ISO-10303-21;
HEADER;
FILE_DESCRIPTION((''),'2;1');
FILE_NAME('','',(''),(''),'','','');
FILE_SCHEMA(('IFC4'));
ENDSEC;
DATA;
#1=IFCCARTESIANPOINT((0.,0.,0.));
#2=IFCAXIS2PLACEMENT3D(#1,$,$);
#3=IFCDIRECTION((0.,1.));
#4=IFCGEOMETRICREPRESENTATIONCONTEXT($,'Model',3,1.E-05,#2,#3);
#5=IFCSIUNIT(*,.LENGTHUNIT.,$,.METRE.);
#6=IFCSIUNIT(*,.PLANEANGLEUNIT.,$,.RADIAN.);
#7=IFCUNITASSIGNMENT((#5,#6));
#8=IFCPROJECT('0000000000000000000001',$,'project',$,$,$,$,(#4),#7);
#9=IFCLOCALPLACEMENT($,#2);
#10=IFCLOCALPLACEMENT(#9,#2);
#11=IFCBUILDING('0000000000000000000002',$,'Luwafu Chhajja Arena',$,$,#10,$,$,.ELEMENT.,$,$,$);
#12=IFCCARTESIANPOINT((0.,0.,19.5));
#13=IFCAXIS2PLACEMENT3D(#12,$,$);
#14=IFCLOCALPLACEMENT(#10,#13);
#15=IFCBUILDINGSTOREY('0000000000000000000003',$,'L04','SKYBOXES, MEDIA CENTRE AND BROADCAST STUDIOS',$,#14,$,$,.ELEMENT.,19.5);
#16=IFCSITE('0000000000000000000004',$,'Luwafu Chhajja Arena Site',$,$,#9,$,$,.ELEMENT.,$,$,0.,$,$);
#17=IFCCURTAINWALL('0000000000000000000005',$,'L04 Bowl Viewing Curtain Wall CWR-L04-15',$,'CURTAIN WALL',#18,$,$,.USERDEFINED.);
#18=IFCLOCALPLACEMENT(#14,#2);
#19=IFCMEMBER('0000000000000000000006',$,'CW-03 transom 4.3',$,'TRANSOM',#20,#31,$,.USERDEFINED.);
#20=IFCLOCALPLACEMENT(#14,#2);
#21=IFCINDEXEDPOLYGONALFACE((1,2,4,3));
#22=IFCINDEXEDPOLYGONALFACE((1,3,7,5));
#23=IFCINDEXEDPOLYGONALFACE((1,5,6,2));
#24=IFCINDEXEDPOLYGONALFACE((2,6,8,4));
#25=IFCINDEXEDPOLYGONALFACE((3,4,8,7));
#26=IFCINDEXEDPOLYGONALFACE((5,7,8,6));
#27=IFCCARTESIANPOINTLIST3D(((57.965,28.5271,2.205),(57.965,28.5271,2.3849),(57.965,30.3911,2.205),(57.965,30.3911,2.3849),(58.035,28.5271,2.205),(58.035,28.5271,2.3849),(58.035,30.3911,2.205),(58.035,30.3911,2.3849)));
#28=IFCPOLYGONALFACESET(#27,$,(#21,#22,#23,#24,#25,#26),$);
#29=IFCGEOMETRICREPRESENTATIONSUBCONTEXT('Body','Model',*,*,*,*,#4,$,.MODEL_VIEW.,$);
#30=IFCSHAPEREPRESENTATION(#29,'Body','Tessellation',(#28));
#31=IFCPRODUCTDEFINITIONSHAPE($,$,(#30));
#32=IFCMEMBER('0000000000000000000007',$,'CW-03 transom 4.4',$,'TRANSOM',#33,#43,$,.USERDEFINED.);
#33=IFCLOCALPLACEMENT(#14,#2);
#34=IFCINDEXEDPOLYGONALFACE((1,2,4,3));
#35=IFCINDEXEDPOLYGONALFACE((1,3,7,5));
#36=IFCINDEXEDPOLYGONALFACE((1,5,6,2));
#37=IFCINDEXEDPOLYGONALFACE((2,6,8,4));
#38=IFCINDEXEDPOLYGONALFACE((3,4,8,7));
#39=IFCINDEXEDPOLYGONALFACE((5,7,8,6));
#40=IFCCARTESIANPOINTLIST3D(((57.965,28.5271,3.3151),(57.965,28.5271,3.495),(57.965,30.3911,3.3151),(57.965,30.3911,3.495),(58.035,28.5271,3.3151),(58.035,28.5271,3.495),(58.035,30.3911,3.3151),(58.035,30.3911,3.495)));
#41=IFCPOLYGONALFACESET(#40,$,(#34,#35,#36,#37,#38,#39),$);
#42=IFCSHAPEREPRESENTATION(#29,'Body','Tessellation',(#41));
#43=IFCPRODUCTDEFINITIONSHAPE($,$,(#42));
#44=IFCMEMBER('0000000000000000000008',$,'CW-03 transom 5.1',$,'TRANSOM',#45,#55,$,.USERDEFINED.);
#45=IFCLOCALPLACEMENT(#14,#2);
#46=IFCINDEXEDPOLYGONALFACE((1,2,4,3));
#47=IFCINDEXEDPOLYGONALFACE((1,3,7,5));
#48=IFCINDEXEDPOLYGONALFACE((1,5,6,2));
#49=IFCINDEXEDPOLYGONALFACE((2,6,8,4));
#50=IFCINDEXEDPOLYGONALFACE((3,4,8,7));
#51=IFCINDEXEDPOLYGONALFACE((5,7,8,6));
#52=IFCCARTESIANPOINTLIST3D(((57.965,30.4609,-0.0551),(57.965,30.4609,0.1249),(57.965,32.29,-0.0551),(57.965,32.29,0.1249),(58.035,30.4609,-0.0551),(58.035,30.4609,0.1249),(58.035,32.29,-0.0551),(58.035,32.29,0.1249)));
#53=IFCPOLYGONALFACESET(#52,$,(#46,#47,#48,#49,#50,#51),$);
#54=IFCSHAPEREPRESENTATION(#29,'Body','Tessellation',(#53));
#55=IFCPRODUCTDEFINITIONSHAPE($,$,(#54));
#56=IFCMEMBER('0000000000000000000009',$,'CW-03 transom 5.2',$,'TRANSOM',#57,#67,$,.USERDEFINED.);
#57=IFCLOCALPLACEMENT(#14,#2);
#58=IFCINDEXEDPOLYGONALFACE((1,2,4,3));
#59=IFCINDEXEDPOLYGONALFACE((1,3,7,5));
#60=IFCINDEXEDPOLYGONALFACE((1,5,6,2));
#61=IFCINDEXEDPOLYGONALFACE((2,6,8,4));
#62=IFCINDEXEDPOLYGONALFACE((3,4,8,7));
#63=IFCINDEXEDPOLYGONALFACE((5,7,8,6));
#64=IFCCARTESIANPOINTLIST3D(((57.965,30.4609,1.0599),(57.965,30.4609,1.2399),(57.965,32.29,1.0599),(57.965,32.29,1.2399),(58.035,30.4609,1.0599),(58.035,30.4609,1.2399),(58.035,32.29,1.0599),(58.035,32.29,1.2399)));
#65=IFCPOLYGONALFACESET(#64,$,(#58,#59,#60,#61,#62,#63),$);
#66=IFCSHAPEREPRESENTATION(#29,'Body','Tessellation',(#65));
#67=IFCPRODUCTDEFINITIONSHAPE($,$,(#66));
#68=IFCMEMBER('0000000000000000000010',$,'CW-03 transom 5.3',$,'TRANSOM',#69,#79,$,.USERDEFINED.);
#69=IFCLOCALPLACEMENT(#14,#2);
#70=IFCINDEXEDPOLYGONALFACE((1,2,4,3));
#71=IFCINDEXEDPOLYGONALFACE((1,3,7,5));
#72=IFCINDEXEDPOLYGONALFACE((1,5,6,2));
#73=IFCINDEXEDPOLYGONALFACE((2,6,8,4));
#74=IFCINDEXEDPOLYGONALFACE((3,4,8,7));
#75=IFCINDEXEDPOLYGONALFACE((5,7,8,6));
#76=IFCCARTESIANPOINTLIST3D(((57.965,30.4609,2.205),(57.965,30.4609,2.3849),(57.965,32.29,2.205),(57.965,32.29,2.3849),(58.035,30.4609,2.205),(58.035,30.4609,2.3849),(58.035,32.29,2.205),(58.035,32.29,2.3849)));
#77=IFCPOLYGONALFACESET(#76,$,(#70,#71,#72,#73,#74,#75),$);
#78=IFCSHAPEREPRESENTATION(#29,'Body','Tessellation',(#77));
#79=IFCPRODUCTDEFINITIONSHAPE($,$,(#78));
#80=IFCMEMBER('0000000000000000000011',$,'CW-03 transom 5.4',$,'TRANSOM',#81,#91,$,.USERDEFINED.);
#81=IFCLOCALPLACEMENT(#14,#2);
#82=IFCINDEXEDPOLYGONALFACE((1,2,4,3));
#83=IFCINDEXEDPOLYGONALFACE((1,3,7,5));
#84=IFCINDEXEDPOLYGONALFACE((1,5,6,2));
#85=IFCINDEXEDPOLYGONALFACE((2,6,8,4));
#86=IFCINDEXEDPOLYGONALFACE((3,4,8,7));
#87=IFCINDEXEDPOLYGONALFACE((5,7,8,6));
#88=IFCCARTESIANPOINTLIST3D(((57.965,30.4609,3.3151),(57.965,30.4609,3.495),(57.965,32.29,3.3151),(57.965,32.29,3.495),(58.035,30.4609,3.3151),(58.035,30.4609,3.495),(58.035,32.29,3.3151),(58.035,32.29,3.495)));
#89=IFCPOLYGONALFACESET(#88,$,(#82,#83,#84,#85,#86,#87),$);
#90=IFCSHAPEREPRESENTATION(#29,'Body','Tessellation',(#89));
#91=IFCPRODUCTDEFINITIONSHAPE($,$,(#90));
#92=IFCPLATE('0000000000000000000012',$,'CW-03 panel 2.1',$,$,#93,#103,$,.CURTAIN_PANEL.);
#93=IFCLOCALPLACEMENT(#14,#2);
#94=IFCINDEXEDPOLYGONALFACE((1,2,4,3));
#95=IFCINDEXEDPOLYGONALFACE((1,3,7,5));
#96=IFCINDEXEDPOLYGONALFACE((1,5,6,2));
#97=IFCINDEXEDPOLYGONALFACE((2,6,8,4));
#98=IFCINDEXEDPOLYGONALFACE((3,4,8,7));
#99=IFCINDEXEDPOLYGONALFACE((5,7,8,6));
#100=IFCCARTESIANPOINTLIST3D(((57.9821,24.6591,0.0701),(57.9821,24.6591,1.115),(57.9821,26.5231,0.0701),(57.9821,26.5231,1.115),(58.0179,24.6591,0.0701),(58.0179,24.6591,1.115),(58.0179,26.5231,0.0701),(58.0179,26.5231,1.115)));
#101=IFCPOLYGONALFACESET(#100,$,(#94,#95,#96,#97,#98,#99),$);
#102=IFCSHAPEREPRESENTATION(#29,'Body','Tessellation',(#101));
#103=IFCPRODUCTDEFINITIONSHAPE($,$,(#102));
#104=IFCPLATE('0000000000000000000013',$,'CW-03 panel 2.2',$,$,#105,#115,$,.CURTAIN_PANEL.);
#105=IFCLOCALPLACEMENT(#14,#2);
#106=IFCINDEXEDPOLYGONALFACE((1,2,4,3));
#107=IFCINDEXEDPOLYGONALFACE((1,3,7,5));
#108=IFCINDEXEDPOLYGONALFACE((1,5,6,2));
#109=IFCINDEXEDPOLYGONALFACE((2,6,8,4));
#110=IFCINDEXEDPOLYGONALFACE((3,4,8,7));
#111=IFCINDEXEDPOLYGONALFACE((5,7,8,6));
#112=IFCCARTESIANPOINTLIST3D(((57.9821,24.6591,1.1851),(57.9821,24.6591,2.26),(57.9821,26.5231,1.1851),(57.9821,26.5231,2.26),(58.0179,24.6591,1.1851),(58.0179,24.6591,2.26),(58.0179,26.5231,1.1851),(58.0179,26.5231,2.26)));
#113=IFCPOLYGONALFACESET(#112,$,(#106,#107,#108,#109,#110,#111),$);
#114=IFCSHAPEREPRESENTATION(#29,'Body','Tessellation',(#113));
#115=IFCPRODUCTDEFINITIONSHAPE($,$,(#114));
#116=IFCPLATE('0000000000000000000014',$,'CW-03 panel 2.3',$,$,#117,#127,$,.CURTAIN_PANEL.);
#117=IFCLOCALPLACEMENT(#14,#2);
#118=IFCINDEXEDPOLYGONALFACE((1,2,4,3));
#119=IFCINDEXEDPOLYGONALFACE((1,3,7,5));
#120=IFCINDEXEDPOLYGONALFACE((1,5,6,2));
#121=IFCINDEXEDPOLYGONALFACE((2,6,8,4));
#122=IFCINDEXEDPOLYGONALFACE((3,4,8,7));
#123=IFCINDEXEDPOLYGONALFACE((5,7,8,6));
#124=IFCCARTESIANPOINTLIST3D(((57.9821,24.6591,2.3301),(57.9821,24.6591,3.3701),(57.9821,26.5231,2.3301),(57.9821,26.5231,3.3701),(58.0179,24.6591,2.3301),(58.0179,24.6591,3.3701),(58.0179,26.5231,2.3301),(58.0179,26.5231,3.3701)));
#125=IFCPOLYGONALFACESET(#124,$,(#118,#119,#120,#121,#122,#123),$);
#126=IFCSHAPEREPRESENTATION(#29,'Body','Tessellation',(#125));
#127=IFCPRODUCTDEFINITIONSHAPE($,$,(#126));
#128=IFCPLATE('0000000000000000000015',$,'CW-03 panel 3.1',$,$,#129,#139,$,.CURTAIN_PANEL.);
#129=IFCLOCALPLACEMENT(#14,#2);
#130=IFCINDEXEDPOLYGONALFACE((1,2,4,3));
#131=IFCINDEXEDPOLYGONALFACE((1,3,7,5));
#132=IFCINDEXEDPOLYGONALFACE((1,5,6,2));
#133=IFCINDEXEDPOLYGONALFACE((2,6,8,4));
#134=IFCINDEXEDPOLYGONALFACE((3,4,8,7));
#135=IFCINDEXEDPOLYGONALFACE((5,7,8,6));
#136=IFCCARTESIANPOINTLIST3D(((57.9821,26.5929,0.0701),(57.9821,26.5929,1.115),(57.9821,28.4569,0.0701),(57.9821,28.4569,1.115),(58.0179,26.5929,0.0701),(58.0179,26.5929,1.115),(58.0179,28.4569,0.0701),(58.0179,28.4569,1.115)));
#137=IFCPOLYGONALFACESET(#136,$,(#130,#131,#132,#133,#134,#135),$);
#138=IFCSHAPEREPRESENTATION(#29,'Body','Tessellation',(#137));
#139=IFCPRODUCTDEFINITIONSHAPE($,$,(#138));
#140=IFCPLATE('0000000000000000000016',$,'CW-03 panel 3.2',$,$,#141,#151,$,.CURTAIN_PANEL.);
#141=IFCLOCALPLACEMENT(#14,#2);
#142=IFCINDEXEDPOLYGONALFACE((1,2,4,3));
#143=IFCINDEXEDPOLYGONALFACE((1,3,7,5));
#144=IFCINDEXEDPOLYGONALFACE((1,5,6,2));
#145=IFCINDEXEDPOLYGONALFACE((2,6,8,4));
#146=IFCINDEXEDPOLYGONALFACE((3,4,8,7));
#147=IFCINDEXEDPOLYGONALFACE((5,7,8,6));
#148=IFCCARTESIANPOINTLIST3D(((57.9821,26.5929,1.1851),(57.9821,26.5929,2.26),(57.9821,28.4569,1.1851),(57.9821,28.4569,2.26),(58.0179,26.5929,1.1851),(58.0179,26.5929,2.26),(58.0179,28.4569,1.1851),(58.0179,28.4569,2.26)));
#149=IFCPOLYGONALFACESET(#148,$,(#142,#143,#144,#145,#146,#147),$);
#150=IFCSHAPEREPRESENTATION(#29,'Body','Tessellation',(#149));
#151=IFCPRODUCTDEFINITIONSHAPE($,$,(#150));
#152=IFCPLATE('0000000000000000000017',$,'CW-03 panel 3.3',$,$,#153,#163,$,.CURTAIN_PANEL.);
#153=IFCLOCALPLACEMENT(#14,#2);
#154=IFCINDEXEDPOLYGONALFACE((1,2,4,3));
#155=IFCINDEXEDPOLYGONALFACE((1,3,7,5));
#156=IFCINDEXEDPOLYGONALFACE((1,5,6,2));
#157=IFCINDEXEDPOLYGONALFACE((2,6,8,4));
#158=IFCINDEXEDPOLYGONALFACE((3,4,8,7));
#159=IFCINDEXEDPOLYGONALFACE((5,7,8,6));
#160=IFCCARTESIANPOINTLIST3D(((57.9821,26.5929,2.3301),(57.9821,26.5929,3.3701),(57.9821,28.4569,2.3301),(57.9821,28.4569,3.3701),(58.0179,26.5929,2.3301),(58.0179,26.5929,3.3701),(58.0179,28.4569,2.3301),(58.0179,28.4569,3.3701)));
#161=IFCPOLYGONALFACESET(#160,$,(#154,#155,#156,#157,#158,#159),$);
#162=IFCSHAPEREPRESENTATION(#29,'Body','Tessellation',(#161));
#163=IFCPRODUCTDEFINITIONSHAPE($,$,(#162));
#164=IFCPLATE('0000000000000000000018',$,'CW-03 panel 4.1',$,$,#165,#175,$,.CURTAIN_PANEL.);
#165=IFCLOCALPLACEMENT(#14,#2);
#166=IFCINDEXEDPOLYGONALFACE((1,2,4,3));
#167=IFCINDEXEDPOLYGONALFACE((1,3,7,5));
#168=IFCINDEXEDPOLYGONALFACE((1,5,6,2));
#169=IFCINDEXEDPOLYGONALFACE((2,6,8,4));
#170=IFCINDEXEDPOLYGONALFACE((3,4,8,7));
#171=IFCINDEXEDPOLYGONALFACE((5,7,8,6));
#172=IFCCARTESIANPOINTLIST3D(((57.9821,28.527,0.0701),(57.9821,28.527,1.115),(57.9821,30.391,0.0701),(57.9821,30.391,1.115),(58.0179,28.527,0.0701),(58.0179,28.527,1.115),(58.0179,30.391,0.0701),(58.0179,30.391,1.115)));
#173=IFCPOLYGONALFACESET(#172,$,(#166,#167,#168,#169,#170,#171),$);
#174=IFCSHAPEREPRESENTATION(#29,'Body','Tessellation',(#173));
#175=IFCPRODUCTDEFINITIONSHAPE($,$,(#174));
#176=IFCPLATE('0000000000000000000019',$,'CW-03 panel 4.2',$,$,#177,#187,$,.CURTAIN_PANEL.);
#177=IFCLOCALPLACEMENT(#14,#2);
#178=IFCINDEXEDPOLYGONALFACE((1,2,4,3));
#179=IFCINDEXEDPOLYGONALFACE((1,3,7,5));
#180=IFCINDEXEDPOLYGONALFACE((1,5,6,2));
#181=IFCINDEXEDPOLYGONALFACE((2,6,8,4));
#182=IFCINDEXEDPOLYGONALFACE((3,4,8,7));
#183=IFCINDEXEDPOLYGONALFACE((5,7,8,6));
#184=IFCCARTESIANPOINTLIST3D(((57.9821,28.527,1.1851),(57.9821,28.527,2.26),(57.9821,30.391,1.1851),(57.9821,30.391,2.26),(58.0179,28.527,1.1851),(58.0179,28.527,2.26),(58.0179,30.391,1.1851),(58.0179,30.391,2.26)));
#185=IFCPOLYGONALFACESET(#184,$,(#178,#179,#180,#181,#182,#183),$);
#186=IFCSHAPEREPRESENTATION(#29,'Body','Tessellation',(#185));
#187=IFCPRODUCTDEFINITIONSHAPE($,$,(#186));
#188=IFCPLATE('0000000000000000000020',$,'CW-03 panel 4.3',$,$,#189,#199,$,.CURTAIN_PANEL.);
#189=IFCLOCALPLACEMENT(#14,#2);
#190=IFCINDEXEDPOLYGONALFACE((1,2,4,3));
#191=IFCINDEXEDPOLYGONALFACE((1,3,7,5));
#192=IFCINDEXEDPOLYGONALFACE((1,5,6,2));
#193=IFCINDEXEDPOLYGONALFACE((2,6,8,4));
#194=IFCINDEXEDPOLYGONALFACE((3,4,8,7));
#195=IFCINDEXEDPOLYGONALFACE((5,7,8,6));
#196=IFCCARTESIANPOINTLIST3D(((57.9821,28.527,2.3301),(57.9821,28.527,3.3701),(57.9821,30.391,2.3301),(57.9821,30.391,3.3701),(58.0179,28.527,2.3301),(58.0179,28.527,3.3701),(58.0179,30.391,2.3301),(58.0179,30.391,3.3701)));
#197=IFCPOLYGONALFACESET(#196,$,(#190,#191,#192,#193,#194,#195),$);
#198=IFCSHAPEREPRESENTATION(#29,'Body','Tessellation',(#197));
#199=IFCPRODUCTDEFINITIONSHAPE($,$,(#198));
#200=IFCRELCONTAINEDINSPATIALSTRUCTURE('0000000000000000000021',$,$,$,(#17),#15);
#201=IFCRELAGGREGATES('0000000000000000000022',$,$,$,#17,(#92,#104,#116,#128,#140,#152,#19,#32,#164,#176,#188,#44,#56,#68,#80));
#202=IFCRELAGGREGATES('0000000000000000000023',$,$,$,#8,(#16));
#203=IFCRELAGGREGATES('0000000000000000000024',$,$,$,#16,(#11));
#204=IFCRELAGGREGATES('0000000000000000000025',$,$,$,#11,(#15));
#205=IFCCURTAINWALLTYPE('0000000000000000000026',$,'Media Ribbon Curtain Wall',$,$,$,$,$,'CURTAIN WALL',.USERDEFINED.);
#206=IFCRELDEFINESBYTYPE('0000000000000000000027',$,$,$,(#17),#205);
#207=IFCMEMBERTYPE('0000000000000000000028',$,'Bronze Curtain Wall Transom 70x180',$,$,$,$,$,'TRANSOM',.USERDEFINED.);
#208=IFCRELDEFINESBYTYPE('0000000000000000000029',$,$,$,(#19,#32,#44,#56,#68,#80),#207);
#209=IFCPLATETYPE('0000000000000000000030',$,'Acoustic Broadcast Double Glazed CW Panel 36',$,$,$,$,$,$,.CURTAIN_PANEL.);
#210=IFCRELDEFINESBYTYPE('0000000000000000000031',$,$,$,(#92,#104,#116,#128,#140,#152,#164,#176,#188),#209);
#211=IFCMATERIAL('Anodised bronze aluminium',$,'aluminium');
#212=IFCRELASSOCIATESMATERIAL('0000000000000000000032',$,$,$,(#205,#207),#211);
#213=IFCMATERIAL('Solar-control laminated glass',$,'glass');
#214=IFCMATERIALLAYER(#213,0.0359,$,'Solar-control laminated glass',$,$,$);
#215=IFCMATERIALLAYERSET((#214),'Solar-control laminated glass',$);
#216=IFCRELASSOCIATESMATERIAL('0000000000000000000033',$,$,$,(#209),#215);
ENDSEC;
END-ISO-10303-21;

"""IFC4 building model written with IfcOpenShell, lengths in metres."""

from ifc_helpers import new_model, si_unit, direction, frame, origin, origin_2d, place, context, subcontext, project, spatial, rectangle, extrude, material, layer, layer_set, material_profile, profile_set, type_object, element, aggregate, save


model = new_model("IFC4")

# Units and contexts
model_context = context("Model", 3, precision=1e-05, world=origin(), true_north=direction((0.0, 1.0)))
body_context = subcontext(model_context, "Body", "Model", "MODEL_VIEW")
ifc_project = project(units=[si_unit("LENGTHUNIT", "METRE"), si_unit("PLANEANGLEUNIT", "RADIAN")], contexts=[model_context])

# Site, building, storey
site_placement = place(None, origin())
site = spatial("IfcSite", under=ifc_project, at=site_placement, Name="Luwafu Chhajja Arena Site", CompositionType="ELEMENT", RefElevation=0.0)
building_placement = place(site_placement, origin())
building = spatial("IfcBuilding", under=site, at=building_placement, Name="Luwafu Chhajja Arena", CompositionType="ELEMENT")
storey_placement = place(building_placement, frame((0.0, 0.0, 19.5)))
storey = spatial("IfcBuildingStorey", under=building, at=storey_placement, Name="L04", Description="SKYBOXES, MEDIA CENTRE AND BROADCAST STUDIOS", CompositionType="ELEMENT", Elevation=19.5)

# Curtain wall, members, plates
ifc_material_1 = material(Name="Anodised bronze aluminium", Category="aluminium")
curtain_wall_type = type_object("IfcCurtainWallType", Name="Media Ribbon Curtain Wall", ElementType="CURTAIN WALL", PredefinedType="USERDEFINED", material=ifc_material_1)
curtain_wall_placement = place(storey_placement, origin())
curtain_wall = element("IfcCurtainWall", 1, at=curtain_wall_placement, inside=storey, type_object=curtain_wall_type, Name="L04 Bowl Viewing Curtain Wall CWR-L04-15", ObjectType="CURTAIN WALL", PredefinedType="USERDEFINED")
ifc_material_profile_1 = material_profile(ifc_material_1, rectangle(XDim=0.0701, YDim=0.1799, at=origin_2d()), Name="CWT 70x180")
ifc_profile_set_1 = profile_set([ifc_material_profile_1], Name="Anodised bronze aluminium")
member_type_1 = type_object("IfcMemberType", Name="Bronze Curtain Wall Transom 70x180", ElementType="TRANSOM", PredefinedType="USERDEFINED", material=ifc_profile_set_1)
member_1_placement = place(storey_placement, frame((58.0, 28.5271, 2.2949), z_axis=(0.0, 1.0, 0.0), x_axis=(-1.0, 0.0, 0.0)))
member_1 = element("IfcMember", 2, at=member_1_placement, type_object=member_type_1, Name="CW-03 transom 4.3", ObjectType="TRANSOM", PredefinedType="USERDEFINED", context=body_context, shape_type="SweptSolid", body=[
    extrude(rectangle(XDim=0.0701, YDim=0.1799, at=origin_2d()), origin(), (0.0, 0.0, 1.0), 1.864),
])
member_2_placement = place(storey_placement, frame((58.0, 28.5271, 3.405), z_axis=(0.0, 1.0, 0.0), x_axis=(-1.0, 0.0, 0.0)))
member_2 = element("IfcMember", 3, at=member_2_placement, type_object=member_type_1, Name="CW-03 transom 4.4", ObjectType="TRANSOM", PredefinedType="USERDEFINED", context=body_context, shape_type="SweptSolid", body=[
    extrude(rectangle(XDim=0.0701, YDim=0.1799, at=origin_2d()), origin(), (0.0, 0.0, 1.0), 1.864),
])
member_3_placement = place(storey_placement, frame((58.0, 30.4609, 0.0349), z_axis=(0.0, 1.0, 0.0), x_axis=(-1.0, 0.0, 0.0)))
member_3 = element("IfcMember", 4, at=member_3_placement, type_object=member_type_1, Name="CW-03 transom 5.1", ObjectType="TRANSOM", PredefinedType="USERDEFINED", context=body_context, shape_type="SweptSolid", body=[
    extrude(rectangle(XDim=0.0701, YDim=0.1799, at=origin_2d()), origin(), (0.0, 0.0, 1.0), 1.8291),
])
member_4_placement = place(storey_placement, frame((58.0, 30.4609, 1.1499), z_axis=(0.0, 1.0, 0.0), x_axis=(-1.0, 0.0, 0.0)))
member_4 = element("IfcMember", 5, at=member_4_placement, type_object=member_type_1, Name="CW-03 transom 5.2", ObjectType="TRANSOM", PredefinedType="USERDEFINED", context=body_context, shape_type="SweptSolid", body=[
    extrude(rectangle(XDim=0.0701, YDim=0.1799, at=origin_2d()), origin(), (0.0, 0.0, 1.0), 1.8291),
])
member_5_placement = place(storey_placement, frame((58.0, 30.4609, 2.2949), z_axis=(0.0, 1.0, 0.0), x_axis=(-1.0, 0.0, 0.0)))
member_5 = element("IfcMember", 6, at=member_5_placement, type_object=member_type_1, Name="CW-03 transom 5.3", ObjectType="TRANSOM", PredefinedType="USERDEFINED", context=body_context, shape_type="SweptSolid", body=[
    extrude(rectangle(XDim=0.0701, YDim=0.1799, at=origin_2d()), origin(), (0.0, 0.0, 1.0), 1.8291),
])
member_6_placement = place(storey_placement, frame((58.0, 30.4609, 3.405), z_axis=(0.0, 1.0, 0.0), x_axis=(-1.0, 0.0, 0.0)))
member_6 = element("IfcMember", 7, at=member_6_placement, type_object=member_type_1, Name="CW-03 transom 5.4", ObjectType="TRANSOM", PredefinedType="USERDEFINED", context=body_context, shape_type="SweptSolid", body=[
    extrude(rectangle(XDim=0.0701, YDim=0.1799, at=origin_2d()), origin(), (0.0, 0.0, 1.0), 1.8291),
])
ifc_material_2 = material(Name="Solar-control laminated glass", Category="glass")
ifc_layer = layer(ifc_material_2, 0.0359, Name="Solar-control laminated glass")
ifc_layer_set = layer_set([ifc_layer], Name="Solar-control laminated glass")
plate_type = type_object("IfcPlateType", Name="Acoustic Broadcast Double Glazed CW Panel 36", PredefinedType="CURTAIN_PANEL", material=ifc_layer_set)
plate_1_placement = place(storey_placement, frame((58.0, 25.5911, 0.0701), z_axis=(0.0, 0.0, 1.0), x_axis=(0.0, 1.0, 0.0)))
plate_1 = element("IfcPlate", 8, at=plate_1_placement, type_object=plate_type, Name="CW-03 panel 2.1", PredefinedType="CURTAIN_PANEL", context=body_context, shape_type="SweptSolid", body=[
    extrude(rectangle(XDim=1.864, YDim=0.0359, at=origin_2d()), origin(), (0.0, 0.0, 1.0), 1.0449),
])
plate_2_placement = place(storey_placement, frame((58.0, 25.5911, 1.1851), z_axis=(0.0, 0.0, 1.0), x_axis=(0.0, 1.0, 0.0)))
plate_2 = element("IfcPlate", 9, at=plate_2_placement, type_object=plate_type, Name="CW-03 panel 2.2", PredefinedType="CURTAIN_PANEL", context=body_context, shape_type="SweptSolid", body=[
    extrude(rectangle(XDim=1.864, YDim=0.0359, at=origin_2d()), origin(), (0.0, 0.0, 1.0), 1.075),
])
plate_3_placement = place(storey_placement, frame((58.0, 25.5911, 2.3301), z_axis=(0.0, 0.0, 1.0), x_axis=(0.0, 1.0, 0.0)))
plate_3 = element("IfcPlate", 10, at=plate_3_placement, type_object=plate_type, Name="CW-03 panel 2.3", PredefinedType="CURTAIN_PANEL", context=body_context, shape_type="SweptSolid", body=[
    extrude(rectangle(XDim=1.864, YDim=0.0359, at=origin_2d()), origin(), (0.0, 0.0, 1.0), 1.04),
])
plate_4_placement = place(storey_placement, frame((58.0, 27.5249, 0.0701), z_axis=(0.0, 0.0, 1.0), x_axis=(0.0, 1.0, 0.0)))
plate_4 = element("IfcPlate", 11, at=plate_4_placement, type_object=plate_type, Name="CW-03 panel 3.1", PredefinedType="CURTAIN_PANEL", context=body_context, shape_type="SweptSolid", body=[
    extrude(rectangle(XDim=1.864, YDim=0.0359, at=origin_2d()), origin(), (0.0, 0.0, 1.0), 1.0449),
])
plate_5_placement = place(storey_placement, frame((58.0, 27.5249, 1.1851), z_axis=(0.0, 0.0, 1.0), x_axis=(0.0, 1.0, 0.0)))
plate_5 = element("IfcPlate", 12, at=plate_5_placement, type_object=plate_type, Name="CW-03 panel 3.2", PredefinedType="CURTAIN_PANEL", context=body_context, shape_type="SweptSolid", body=[
    extrude(rectangle(XDim=1.864, YDim=0.0359, at=origin_2d()), origin(), (0.0, 0.0, 1.0), 1.075),
])
plate_6_placement = place(storey_placement, frame((58.0, 27.5249, 2.3301), z_axis=(0.0, 0.0, 1.0), x_axis=(0.0, 1.0, 0.0)))
plate_6 = element("IfcPlate", 13, at=plate_6_placement, type_object=plate_type, Name="CW-03 panel 3.3", PredefinedType="CURTAIN_PANEL", context=body_context, shape_type="SweptSolid", body=[
    extrude(rectangle(XDim=1.864, YDim=0.0359, at=origin_2d()), origin(), (0.0, 0.0, 1.0), 1.04),
])
plate_7_placement = place(storey_placement, frame((58.0, 29.459, 0.0701), z_axis=(0.0, 0.0, 1.0), x_axis=(0.0, 1.0, 0.0)))
plate_7 = element("IfcPlate", 14, at=plate_7_placement, type_object=plate_type, Name="CW-03 panel 4.1", PredefinedType="CURTAIN_PANEL", context=body_context, shape_type="SweptSolid", body=[
    extrude(rectangle(XDim=1.864, YDim=0.0359, at=origin_2d()), origin(), (0.0, 0.0, 1.0), 1.0449),
])
plate_8_placement = place(storey_placement, frame((58.0, 29.459, 1.1851), z_axis=(0.0, 0.0, 1.0), x_axis=(0.0, 1.0, 0.0)))
plate_8 = element("IfcPlate", 15, at=plate_8_placement, type_object=plate_type, Name="CW-03 panel 4.2", PredefinedType="CURTAIN_PANEL", context=body_context, shape_type="SweptSolid", body=[
    extrude(rectangle(XDim=1.864, YDim=0.0359, at=origin_2d()), origin(), (0.0, 0.0, 1.0), 1.075),
])
plate_9_placement = place(storey_placement, frame((58.0, 29.459, 2.3301), z_axis=(0.0, 0.0, 1.0), x_axis=(0.0, 1.0, 0.0)))
plate_9 = element("IfcPlate", 16, at=plate_9_placement, type_object=plate_type, Name="CW-03 panel 4.3", PredefinedType="CURTAIN_PANEL", context=body_context, shape_type="SweptSolid", body=[
    extrude(rectangle(XDim=1.864, YDim=0.0359, at=origin_2d()), origin(), (0.0, 0.0, 1.0), 1.04),
])
aggregate(curtain_wall, [plate_1, plate_2, plate_3, plate_4, plate_5, plate_6, member_1, member_2, plate_7, plate_8, plate_9, member_3, member_4, member_5, member_6])

save(model, "model.ifc")
